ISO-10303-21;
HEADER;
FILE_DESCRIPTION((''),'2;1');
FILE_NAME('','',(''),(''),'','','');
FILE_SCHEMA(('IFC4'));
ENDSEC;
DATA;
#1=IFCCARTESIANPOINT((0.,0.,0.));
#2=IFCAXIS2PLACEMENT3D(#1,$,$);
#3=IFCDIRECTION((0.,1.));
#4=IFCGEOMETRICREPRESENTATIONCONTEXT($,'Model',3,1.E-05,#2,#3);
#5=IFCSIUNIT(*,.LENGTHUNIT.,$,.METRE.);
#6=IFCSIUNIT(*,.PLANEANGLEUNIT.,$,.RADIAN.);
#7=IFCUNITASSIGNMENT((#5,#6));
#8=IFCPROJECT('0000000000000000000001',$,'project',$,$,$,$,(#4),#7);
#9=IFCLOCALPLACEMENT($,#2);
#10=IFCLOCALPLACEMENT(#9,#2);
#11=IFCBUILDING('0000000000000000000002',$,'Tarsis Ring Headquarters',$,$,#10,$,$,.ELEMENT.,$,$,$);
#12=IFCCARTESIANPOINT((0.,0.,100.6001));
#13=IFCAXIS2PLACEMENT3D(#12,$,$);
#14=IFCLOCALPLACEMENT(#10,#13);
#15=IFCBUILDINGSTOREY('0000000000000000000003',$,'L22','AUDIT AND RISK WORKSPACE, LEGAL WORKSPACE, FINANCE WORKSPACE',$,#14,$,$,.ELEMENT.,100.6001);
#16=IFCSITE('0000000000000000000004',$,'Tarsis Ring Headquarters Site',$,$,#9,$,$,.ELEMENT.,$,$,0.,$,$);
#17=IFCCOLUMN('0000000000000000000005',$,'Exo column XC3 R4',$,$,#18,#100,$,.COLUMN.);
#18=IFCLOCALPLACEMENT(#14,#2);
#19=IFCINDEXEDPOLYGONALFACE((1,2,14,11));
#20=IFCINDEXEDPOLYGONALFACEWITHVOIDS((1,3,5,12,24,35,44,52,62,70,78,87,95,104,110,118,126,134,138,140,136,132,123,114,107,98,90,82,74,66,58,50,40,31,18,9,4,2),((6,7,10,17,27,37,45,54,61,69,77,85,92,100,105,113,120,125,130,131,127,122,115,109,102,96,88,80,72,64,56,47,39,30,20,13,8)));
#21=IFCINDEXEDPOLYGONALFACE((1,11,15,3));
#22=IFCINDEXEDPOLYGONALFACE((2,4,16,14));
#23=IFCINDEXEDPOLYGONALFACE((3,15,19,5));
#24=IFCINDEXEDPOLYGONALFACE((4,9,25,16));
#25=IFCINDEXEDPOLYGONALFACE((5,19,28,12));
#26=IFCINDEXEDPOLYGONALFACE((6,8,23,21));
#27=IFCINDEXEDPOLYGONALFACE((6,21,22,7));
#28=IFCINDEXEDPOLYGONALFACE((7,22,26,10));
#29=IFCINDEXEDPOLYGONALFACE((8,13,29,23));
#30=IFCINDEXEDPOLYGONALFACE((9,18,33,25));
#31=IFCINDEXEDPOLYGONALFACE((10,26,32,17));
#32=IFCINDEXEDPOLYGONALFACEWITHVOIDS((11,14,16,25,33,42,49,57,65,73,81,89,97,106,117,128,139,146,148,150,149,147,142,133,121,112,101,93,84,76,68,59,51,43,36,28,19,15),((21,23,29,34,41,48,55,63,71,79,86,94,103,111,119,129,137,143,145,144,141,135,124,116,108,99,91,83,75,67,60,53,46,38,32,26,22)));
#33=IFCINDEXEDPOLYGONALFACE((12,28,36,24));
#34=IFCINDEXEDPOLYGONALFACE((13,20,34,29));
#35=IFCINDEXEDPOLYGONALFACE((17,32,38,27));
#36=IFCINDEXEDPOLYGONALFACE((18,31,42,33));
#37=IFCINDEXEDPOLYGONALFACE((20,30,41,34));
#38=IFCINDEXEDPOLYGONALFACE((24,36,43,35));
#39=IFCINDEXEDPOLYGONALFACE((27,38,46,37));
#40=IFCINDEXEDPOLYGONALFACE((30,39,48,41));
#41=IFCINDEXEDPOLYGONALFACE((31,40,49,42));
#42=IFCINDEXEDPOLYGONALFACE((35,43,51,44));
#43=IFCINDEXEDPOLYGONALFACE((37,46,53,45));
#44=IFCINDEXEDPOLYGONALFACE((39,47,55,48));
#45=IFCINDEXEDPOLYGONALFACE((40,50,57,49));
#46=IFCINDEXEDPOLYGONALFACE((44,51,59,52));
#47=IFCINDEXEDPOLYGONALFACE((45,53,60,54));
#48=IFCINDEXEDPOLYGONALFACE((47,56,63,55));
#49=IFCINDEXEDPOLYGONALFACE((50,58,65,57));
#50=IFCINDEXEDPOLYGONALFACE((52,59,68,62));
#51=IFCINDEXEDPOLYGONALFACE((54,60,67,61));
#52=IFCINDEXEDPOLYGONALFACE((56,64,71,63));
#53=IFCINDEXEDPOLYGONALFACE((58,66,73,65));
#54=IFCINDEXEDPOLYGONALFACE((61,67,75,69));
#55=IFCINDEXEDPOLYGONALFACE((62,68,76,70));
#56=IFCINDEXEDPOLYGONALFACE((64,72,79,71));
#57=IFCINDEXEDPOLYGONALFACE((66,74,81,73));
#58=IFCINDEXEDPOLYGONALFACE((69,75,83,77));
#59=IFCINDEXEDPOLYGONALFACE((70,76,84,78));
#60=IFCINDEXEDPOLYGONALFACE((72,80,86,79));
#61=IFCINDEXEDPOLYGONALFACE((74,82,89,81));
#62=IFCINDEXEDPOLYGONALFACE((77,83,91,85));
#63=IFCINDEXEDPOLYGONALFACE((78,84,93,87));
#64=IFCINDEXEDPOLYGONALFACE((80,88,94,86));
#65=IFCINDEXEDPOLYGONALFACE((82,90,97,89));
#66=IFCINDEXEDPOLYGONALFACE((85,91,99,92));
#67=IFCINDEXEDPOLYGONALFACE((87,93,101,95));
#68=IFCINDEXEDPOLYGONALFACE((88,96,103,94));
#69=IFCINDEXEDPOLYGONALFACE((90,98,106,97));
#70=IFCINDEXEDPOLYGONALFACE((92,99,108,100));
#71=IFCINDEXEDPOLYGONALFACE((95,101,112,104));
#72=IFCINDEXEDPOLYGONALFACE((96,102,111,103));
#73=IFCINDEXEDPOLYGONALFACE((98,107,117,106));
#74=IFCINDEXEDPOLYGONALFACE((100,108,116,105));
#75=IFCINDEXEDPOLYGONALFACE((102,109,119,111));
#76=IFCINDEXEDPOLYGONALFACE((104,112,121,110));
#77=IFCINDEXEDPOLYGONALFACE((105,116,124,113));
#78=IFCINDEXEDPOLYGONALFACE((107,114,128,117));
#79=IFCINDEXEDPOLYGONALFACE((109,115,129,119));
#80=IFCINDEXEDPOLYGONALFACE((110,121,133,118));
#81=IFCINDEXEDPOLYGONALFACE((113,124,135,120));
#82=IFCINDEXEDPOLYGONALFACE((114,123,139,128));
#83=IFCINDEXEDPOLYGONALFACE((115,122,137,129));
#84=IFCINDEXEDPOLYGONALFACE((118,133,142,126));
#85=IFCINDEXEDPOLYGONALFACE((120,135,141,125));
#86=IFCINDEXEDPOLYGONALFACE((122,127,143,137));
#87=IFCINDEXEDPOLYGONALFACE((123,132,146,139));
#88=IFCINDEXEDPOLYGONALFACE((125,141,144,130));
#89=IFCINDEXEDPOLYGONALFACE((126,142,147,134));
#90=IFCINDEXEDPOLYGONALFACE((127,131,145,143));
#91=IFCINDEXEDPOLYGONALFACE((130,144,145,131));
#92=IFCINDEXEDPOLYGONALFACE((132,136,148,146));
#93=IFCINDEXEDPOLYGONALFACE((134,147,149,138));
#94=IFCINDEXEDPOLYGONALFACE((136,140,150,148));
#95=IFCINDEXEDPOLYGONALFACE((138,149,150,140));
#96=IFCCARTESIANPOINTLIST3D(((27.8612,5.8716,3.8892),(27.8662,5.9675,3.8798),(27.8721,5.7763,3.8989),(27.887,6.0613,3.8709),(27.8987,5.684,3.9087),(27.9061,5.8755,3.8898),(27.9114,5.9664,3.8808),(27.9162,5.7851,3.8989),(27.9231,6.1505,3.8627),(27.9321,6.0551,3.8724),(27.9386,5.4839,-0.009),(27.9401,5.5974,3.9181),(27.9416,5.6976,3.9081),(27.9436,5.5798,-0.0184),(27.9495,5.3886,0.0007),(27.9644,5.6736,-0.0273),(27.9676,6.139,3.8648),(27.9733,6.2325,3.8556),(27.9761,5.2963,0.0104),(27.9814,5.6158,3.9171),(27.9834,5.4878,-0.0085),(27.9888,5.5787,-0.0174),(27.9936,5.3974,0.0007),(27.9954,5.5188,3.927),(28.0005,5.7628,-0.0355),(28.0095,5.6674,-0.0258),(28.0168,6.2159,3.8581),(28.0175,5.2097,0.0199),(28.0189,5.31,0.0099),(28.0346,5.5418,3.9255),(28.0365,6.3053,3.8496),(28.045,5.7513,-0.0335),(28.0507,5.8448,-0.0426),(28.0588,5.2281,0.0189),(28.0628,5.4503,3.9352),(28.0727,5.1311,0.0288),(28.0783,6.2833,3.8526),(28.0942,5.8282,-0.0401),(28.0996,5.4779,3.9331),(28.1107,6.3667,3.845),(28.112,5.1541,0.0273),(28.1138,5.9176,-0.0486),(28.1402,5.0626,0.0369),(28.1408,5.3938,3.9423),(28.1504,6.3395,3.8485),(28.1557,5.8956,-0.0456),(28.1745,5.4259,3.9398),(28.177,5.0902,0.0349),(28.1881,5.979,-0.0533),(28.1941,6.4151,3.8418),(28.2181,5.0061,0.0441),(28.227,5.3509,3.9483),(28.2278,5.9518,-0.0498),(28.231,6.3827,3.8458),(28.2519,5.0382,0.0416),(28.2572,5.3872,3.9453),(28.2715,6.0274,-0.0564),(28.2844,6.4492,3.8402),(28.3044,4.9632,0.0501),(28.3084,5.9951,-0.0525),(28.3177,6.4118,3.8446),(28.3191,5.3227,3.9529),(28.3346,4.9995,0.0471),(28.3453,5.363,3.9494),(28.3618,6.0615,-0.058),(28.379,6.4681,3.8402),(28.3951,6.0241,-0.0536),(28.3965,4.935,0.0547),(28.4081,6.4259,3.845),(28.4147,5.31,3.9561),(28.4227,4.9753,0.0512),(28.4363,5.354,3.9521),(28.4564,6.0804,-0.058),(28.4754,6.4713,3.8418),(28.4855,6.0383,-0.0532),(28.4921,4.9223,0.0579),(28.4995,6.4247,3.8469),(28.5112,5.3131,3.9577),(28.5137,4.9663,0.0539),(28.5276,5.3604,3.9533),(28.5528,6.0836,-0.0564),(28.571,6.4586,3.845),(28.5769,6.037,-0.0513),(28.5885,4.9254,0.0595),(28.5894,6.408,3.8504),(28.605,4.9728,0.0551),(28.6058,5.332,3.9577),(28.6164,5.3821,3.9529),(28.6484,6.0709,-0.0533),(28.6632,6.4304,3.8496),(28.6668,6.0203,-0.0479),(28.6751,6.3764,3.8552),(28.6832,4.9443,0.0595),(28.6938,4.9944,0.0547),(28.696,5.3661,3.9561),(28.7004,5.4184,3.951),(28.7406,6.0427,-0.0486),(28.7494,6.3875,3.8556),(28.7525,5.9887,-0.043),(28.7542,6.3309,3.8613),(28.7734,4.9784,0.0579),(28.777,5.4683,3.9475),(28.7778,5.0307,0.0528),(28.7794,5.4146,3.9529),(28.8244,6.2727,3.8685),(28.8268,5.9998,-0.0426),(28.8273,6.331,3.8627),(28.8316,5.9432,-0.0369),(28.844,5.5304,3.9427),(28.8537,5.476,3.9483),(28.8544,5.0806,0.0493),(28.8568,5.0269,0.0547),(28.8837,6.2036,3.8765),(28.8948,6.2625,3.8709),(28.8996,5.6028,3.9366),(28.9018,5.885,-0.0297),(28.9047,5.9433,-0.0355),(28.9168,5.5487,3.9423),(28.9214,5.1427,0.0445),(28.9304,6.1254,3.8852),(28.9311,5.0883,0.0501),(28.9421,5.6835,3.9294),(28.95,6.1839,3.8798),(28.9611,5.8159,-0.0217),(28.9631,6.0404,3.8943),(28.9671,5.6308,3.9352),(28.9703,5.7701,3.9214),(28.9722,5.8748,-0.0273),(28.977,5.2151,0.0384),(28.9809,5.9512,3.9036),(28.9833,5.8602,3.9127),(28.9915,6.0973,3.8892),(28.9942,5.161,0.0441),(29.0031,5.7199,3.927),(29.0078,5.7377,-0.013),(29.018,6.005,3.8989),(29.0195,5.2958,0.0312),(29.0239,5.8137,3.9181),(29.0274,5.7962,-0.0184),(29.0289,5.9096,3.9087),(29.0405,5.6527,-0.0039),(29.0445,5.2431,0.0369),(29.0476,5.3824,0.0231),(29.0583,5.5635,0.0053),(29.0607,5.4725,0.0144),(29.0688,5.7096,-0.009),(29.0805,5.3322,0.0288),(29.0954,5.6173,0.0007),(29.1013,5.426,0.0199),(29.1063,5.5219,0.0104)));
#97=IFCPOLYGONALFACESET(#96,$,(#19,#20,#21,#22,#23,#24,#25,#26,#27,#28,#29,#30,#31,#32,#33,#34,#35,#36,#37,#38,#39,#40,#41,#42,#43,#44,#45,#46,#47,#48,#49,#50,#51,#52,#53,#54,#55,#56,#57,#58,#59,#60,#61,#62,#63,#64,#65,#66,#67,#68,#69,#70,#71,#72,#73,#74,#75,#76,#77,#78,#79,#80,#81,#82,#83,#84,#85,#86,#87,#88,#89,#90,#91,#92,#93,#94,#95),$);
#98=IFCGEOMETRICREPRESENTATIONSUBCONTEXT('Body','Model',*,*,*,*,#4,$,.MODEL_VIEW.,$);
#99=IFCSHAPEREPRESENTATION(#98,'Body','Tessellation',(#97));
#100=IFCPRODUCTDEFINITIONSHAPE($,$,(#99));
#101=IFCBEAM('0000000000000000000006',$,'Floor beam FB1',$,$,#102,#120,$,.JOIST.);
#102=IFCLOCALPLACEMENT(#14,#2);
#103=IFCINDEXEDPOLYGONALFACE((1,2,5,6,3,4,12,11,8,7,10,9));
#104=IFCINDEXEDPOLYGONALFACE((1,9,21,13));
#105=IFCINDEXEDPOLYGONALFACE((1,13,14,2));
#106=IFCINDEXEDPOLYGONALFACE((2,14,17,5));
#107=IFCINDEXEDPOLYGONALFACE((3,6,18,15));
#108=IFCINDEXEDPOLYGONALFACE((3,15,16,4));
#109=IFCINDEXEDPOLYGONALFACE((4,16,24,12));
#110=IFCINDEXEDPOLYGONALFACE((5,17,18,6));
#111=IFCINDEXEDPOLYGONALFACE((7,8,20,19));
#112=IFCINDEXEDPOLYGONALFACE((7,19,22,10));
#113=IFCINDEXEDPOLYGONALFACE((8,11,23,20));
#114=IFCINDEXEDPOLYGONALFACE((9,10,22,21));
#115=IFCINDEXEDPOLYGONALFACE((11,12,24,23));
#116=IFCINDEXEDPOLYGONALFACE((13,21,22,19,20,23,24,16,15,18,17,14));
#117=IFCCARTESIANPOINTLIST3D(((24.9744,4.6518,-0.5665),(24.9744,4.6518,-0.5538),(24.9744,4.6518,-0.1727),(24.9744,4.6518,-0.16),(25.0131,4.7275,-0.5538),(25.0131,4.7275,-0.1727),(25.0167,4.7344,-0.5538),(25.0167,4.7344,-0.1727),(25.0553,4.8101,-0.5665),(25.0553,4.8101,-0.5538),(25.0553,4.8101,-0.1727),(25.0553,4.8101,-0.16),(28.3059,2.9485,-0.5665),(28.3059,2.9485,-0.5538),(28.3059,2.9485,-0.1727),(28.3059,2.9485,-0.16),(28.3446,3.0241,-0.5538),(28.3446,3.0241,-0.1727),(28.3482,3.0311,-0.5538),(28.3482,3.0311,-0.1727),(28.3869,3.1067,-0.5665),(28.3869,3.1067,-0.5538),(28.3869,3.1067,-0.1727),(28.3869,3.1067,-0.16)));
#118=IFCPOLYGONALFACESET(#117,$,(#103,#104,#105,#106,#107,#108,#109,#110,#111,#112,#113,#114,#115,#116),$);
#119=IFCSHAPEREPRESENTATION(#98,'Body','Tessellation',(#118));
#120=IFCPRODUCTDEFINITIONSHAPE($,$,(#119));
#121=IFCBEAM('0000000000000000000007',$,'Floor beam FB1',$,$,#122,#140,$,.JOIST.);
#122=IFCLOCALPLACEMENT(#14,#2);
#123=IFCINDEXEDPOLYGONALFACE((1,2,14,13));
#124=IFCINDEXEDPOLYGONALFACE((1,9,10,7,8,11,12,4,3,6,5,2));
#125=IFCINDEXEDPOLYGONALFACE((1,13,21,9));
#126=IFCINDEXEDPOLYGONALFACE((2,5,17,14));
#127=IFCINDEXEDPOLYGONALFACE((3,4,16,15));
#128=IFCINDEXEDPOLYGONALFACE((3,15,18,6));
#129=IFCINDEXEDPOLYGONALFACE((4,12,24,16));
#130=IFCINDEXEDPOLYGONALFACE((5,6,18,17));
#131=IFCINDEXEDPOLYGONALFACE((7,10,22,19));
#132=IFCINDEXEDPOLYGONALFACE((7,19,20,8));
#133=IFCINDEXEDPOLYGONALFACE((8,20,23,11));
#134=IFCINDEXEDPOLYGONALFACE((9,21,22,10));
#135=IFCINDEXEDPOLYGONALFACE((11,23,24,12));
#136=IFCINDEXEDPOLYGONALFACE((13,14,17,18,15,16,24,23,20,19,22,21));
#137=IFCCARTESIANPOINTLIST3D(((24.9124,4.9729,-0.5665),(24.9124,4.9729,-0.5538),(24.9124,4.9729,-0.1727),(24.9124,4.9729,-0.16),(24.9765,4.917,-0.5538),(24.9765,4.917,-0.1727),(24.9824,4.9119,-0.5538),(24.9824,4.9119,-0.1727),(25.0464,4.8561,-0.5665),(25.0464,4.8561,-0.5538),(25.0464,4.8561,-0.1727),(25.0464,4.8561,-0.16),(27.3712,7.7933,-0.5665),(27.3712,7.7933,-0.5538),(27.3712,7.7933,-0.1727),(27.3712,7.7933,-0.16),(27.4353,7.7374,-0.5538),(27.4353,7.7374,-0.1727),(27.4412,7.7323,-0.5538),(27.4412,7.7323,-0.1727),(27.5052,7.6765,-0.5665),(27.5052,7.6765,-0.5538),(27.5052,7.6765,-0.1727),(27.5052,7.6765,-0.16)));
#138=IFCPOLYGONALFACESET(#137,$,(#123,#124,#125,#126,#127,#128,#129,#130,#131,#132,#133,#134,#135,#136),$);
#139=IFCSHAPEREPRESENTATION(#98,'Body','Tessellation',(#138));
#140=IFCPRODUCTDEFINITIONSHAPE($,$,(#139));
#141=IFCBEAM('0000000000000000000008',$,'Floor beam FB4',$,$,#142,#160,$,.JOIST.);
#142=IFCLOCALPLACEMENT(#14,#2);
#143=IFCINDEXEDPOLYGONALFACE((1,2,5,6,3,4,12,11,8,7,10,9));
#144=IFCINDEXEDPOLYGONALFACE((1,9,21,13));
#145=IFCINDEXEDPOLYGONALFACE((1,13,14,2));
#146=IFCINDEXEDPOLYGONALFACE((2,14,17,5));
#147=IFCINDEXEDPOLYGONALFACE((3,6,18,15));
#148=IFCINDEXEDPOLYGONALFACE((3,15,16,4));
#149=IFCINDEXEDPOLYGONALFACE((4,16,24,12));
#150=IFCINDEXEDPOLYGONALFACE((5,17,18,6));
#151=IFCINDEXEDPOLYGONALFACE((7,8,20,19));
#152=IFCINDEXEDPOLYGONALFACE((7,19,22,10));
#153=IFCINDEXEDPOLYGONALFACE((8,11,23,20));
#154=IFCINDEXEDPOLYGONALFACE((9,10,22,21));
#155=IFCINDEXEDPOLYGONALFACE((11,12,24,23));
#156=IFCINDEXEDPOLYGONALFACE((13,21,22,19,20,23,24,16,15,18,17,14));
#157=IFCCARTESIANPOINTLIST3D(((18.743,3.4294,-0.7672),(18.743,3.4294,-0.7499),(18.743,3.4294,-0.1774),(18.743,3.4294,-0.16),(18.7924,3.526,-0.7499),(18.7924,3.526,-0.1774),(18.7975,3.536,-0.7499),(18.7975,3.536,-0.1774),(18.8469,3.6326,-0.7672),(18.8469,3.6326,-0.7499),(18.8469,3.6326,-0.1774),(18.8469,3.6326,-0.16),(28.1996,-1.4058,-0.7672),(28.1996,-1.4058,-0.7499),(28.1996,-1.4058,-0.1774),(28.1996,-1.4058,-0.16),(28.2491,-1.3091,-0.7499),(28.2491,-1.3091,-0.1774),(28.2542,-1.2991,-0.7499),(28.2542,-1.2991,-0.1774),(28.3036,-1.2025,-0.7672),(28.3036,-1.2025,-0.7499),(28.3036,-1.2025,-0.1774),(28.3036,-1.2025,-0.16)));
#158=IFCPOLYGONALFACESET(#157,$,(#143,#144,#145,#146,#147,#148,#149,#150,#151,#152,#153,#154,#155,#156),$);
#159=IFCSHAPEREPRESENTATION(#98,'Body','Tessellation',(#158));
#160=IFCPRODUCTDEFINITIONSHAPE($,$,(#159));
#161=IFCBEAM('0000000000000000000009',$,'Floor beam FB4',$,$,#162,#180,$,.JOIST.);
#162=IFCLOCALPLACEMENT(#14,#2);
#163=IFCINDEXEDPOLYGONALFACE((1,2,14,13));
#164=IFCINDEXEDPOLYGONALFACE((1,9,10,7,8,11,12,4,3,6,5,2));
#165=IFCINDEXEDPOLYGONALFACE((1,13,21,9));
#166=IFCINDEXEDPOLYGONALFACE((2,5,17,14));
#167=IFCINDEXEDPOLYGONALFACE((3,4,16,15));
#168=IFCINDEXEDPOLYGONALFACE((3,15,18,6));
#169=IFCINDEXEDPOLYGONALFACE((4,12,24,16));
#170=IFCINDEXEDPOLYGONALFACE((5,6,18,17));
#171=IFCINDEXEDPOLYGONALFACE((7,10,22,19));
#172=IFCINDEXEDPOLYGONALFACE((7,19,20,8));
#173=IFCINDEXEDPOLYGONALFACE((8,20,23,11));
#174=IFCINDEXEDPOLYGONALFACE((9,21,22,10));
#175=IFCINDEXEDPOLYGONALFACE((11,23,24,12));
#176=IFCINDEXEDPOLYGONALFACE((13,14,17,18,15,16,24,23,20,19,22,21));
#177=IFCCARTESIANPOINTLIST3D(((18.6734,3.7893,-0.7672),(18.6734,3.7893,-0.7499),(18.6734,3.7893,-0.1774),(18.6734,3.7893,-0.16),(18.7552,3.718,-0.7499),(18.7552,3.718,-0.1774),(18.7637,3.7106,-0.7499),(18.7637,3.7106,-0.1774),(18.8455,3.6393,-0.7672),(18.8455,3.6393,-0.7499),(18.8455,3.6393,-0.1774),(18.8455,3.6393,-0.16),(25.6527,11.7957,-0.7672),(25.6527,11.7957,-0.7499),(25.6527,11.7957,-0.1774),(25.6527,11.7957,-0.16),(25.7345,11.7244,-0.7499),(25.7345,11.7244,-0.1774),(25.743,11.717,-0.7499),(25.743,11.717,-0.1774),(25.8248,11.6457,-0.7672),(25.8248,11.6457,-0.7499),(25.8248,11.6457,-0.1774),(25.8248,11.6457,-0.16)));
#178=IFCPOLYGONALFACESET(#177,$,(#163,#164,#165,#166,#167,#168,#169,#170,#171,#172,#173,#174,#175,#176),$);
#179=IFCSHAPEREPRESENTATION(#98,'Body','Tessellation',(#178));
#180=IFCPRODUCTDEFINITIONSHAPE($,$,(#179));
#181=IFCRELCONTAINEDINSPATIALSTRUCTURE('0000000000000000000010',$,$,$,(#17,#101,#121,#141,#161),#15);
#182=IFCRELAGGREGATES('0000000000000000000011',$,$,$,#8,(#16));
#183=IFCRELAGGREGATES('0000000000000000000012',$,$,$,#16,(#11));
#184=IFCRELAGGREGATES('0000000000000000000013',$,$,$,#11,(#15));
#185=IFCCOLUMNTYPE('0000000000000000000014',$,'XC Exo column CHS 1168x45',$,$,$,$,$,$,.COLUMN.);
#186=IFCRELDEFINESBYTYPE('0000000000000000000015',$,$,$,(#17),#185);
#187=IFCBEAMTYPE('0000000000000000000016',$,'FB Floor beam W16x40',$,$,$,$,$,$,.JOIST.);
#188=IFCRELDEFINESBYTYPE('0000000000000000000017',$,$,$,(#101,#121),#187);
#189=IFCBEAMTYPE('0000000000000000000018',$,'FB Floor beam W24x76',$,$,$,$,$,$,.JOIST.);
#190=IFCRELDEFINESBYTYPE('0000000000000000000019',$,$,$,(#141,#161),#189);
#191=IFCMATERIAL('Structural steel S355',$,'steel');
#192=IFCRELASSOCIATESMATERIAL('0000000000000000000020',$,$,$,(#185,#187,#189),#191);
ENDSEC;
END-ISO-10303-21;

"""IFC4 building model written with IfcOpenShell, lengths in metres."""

from ifc_helpers import new_model, si_unit, direction, frame, origin, origin_2d, place, context, subcontext, project, spatial, hollow_circle, i_section, extrude, material, material_profile, profile_set, type_object, element, save


model = new_model("IFC4")

# Units and contexts
model_context = context("Model", 3, precision=1e-05, world=origin(), true_north=direction((0.0, 1.0)))
body_context = subcontext(model_context, "Body", "Model", "MODEL_VIEW")
ifc_project = project(units=[si_unit("LENGTHUNIT", "METRE"), si_unit("PLANEANGLEUNIT", "RADIAN")], contexts=[model_context])

# Site, building, storey
site_placement = place(None, origin())
site = spatial("IfcSite", under=ifc_project, at=site_placement, Name="Tarsis Ring Headquarters Site", CompositionType="ELEMENT", RefElevation=0.0)
building_placement = place(site_placement, origin())
building = spatial("IfcBuilding", under=site, at=building_placement, Name="Tarsis Ring Headquarters", CompositionType="ELEMENT")
storey_placement = place(building_placement, frame((0.0, 0.0, 100.6001)))
storey = spatial("IfcBuildingStorey", under=building, at=storey_placement, Name="L22", Description="AUDIT AND RISK WORKSPACE, LEGAL WORKSPACE, FINANCE WORKSPACE", CompositionType="ELEMENT", Elevation=100.6001)

# Column
ifc_material_1 = material(Name="Structural steel S355", Category="steel")
ifc_material_profile_1 = material_profile(ifc_material_1, hollow_circle(Radius=0.5842, WallThickness=0.0449, at=origin_2d()), Name="CHS 1168x45")
ifc_profile_set_1 = profile_set([ifc_material_profile_1], Name="Structural steel S355")
column_type = type_object("IfcColumnType", Name="XC Exo column CHS 1168x45", PredefinedType="COLUMN", material=ifc_profile_set_1)
column_placement = place(storey_placement, frame((28.5225, 5.5029, 0.0007), z_axis=(-0.019752, 0.098948, 0.994897), x_axis=(-0.980652, -0.19576, 0.0)))
element("IfcColumn", 1, at=column_placement, inside=storey, type_object=column_type, Name="Exo column XC3 R4", PredefinedType="COLUMN", context=body_context, shape_type="SweptSolid", body=[
    extrude(hollow_circle(Radius=0.5842, WallThickness=0.0449, at=origin_2d()), origin(), (0.0, 0.0, 1.0), 3.9182),
])

# Beams
ifc_material_profile_2 = material_profile(ifc_material_1, i_section(OverallWidth=0.1777, OverallDepth=0.4065, WebThickness=0.0078, FlangeThickness=0.0127, at=origin_2d()), Name="W16x40")
ifc_profile_set_2 = profile_set([ifc_material_profile_2], Name="Structural steel S355")
beam_type_1 = type_object("IfcBeamType", Name="FB Floor beam W16x40", PredefinedType="JOIST", material=ifc_profile_set_2)
for number, where, z_axis, x_axis, name in (
    (2, (25.0149, 4.731, -0.3633), (0.890372, -0.455234, 0.0), (0.455234, 0.890372, 0.0), "Floor beam FB1"),
    (3, (27.4382, 7.7349, -0.3633), (-0.657136, -0.753772, 0.0), (0.753772, -0.657136, 0.0), "Floor beam FB1"),
):
    element("IfcBeam", number, at=place(storey_placement, frame(where, z_axis=z_axis, x_axis=x_axis)), inside=storey, type_object=beam_type_1, Name=name, PredefinedType="JOIST", context=body_context, shape_type="SweptSolid", body=[
        extrude(i_section(OverallWidth=0.1777, OverallDepth=0.4065, WebThickness=0.0078, FlangeThickness=0.0127, at=origin_2d()), origin(), (0.0, 0.0, 1.0), 3.7417),
    ])
ifc_material_profile_3 = material_profile(ifc_material_1, i_section(OverallWidth=0.2283, OverallDepth=0.6072, WebThickness=0.0112, FlangeThickness=0.0173, at=origin_2d()), Name="W24x76")
ifc_profile_set_3 = profile_set([ifc_material_profile_3], Name="Structural steel S355")
beam_type_2 = type_object("IfcBeamType", Name="FB Floor beam W24x76", PredefinedType="JOIST", material=ifc_profile_set_3)
beam_1_placement = place(storey_placement, frame((18.7949, 3.531, -0.4636), z_axis=(0.890368, -0.455241, 0.0), x_axis=(0.455241, 0.890368, 0.0)))
element("IfcBeam", 4, at=beam_1_placement, inside=storey, type_object=beam_type_2, Name="Floor beam FB4", PredefinedType="JOIST", context=body_context, shape_type="SweptSolid", body=[
    extrude(i_section(OverallWidth=0.2283, OverallDepth=0.6072, WebThickness=0.0112, FlangeThickness=0.0173, at=origin_2d()), origin(), (0.0, 0.0, 1.0), 10.6211),
])
beam_2_placement = place(storey_placement, frame((25.7388, 11.7207, -0.4636), z_axis=(-0.657101, -0.753803, 0.0), x_axis=(0.753803, -0.657101, 0.0)))
element("IfcBeam", 5, at=beam_2_placement, inside=storey, type_object=beam_type_2, Name="Floor beam FB4", PredefinedType="JOIST", context=body_context, shape_type="SweptSolid", body=[
    extrude(i_section(OverallWidth=0.2283, OverallDepth=0.6072, WebThickness=0.0112, FlangeThickness=0.0173, at=origin_2d()), origin(), (0.0, 0.0, 1.0), 10.6213),
])

save(model, "model.ifc")
